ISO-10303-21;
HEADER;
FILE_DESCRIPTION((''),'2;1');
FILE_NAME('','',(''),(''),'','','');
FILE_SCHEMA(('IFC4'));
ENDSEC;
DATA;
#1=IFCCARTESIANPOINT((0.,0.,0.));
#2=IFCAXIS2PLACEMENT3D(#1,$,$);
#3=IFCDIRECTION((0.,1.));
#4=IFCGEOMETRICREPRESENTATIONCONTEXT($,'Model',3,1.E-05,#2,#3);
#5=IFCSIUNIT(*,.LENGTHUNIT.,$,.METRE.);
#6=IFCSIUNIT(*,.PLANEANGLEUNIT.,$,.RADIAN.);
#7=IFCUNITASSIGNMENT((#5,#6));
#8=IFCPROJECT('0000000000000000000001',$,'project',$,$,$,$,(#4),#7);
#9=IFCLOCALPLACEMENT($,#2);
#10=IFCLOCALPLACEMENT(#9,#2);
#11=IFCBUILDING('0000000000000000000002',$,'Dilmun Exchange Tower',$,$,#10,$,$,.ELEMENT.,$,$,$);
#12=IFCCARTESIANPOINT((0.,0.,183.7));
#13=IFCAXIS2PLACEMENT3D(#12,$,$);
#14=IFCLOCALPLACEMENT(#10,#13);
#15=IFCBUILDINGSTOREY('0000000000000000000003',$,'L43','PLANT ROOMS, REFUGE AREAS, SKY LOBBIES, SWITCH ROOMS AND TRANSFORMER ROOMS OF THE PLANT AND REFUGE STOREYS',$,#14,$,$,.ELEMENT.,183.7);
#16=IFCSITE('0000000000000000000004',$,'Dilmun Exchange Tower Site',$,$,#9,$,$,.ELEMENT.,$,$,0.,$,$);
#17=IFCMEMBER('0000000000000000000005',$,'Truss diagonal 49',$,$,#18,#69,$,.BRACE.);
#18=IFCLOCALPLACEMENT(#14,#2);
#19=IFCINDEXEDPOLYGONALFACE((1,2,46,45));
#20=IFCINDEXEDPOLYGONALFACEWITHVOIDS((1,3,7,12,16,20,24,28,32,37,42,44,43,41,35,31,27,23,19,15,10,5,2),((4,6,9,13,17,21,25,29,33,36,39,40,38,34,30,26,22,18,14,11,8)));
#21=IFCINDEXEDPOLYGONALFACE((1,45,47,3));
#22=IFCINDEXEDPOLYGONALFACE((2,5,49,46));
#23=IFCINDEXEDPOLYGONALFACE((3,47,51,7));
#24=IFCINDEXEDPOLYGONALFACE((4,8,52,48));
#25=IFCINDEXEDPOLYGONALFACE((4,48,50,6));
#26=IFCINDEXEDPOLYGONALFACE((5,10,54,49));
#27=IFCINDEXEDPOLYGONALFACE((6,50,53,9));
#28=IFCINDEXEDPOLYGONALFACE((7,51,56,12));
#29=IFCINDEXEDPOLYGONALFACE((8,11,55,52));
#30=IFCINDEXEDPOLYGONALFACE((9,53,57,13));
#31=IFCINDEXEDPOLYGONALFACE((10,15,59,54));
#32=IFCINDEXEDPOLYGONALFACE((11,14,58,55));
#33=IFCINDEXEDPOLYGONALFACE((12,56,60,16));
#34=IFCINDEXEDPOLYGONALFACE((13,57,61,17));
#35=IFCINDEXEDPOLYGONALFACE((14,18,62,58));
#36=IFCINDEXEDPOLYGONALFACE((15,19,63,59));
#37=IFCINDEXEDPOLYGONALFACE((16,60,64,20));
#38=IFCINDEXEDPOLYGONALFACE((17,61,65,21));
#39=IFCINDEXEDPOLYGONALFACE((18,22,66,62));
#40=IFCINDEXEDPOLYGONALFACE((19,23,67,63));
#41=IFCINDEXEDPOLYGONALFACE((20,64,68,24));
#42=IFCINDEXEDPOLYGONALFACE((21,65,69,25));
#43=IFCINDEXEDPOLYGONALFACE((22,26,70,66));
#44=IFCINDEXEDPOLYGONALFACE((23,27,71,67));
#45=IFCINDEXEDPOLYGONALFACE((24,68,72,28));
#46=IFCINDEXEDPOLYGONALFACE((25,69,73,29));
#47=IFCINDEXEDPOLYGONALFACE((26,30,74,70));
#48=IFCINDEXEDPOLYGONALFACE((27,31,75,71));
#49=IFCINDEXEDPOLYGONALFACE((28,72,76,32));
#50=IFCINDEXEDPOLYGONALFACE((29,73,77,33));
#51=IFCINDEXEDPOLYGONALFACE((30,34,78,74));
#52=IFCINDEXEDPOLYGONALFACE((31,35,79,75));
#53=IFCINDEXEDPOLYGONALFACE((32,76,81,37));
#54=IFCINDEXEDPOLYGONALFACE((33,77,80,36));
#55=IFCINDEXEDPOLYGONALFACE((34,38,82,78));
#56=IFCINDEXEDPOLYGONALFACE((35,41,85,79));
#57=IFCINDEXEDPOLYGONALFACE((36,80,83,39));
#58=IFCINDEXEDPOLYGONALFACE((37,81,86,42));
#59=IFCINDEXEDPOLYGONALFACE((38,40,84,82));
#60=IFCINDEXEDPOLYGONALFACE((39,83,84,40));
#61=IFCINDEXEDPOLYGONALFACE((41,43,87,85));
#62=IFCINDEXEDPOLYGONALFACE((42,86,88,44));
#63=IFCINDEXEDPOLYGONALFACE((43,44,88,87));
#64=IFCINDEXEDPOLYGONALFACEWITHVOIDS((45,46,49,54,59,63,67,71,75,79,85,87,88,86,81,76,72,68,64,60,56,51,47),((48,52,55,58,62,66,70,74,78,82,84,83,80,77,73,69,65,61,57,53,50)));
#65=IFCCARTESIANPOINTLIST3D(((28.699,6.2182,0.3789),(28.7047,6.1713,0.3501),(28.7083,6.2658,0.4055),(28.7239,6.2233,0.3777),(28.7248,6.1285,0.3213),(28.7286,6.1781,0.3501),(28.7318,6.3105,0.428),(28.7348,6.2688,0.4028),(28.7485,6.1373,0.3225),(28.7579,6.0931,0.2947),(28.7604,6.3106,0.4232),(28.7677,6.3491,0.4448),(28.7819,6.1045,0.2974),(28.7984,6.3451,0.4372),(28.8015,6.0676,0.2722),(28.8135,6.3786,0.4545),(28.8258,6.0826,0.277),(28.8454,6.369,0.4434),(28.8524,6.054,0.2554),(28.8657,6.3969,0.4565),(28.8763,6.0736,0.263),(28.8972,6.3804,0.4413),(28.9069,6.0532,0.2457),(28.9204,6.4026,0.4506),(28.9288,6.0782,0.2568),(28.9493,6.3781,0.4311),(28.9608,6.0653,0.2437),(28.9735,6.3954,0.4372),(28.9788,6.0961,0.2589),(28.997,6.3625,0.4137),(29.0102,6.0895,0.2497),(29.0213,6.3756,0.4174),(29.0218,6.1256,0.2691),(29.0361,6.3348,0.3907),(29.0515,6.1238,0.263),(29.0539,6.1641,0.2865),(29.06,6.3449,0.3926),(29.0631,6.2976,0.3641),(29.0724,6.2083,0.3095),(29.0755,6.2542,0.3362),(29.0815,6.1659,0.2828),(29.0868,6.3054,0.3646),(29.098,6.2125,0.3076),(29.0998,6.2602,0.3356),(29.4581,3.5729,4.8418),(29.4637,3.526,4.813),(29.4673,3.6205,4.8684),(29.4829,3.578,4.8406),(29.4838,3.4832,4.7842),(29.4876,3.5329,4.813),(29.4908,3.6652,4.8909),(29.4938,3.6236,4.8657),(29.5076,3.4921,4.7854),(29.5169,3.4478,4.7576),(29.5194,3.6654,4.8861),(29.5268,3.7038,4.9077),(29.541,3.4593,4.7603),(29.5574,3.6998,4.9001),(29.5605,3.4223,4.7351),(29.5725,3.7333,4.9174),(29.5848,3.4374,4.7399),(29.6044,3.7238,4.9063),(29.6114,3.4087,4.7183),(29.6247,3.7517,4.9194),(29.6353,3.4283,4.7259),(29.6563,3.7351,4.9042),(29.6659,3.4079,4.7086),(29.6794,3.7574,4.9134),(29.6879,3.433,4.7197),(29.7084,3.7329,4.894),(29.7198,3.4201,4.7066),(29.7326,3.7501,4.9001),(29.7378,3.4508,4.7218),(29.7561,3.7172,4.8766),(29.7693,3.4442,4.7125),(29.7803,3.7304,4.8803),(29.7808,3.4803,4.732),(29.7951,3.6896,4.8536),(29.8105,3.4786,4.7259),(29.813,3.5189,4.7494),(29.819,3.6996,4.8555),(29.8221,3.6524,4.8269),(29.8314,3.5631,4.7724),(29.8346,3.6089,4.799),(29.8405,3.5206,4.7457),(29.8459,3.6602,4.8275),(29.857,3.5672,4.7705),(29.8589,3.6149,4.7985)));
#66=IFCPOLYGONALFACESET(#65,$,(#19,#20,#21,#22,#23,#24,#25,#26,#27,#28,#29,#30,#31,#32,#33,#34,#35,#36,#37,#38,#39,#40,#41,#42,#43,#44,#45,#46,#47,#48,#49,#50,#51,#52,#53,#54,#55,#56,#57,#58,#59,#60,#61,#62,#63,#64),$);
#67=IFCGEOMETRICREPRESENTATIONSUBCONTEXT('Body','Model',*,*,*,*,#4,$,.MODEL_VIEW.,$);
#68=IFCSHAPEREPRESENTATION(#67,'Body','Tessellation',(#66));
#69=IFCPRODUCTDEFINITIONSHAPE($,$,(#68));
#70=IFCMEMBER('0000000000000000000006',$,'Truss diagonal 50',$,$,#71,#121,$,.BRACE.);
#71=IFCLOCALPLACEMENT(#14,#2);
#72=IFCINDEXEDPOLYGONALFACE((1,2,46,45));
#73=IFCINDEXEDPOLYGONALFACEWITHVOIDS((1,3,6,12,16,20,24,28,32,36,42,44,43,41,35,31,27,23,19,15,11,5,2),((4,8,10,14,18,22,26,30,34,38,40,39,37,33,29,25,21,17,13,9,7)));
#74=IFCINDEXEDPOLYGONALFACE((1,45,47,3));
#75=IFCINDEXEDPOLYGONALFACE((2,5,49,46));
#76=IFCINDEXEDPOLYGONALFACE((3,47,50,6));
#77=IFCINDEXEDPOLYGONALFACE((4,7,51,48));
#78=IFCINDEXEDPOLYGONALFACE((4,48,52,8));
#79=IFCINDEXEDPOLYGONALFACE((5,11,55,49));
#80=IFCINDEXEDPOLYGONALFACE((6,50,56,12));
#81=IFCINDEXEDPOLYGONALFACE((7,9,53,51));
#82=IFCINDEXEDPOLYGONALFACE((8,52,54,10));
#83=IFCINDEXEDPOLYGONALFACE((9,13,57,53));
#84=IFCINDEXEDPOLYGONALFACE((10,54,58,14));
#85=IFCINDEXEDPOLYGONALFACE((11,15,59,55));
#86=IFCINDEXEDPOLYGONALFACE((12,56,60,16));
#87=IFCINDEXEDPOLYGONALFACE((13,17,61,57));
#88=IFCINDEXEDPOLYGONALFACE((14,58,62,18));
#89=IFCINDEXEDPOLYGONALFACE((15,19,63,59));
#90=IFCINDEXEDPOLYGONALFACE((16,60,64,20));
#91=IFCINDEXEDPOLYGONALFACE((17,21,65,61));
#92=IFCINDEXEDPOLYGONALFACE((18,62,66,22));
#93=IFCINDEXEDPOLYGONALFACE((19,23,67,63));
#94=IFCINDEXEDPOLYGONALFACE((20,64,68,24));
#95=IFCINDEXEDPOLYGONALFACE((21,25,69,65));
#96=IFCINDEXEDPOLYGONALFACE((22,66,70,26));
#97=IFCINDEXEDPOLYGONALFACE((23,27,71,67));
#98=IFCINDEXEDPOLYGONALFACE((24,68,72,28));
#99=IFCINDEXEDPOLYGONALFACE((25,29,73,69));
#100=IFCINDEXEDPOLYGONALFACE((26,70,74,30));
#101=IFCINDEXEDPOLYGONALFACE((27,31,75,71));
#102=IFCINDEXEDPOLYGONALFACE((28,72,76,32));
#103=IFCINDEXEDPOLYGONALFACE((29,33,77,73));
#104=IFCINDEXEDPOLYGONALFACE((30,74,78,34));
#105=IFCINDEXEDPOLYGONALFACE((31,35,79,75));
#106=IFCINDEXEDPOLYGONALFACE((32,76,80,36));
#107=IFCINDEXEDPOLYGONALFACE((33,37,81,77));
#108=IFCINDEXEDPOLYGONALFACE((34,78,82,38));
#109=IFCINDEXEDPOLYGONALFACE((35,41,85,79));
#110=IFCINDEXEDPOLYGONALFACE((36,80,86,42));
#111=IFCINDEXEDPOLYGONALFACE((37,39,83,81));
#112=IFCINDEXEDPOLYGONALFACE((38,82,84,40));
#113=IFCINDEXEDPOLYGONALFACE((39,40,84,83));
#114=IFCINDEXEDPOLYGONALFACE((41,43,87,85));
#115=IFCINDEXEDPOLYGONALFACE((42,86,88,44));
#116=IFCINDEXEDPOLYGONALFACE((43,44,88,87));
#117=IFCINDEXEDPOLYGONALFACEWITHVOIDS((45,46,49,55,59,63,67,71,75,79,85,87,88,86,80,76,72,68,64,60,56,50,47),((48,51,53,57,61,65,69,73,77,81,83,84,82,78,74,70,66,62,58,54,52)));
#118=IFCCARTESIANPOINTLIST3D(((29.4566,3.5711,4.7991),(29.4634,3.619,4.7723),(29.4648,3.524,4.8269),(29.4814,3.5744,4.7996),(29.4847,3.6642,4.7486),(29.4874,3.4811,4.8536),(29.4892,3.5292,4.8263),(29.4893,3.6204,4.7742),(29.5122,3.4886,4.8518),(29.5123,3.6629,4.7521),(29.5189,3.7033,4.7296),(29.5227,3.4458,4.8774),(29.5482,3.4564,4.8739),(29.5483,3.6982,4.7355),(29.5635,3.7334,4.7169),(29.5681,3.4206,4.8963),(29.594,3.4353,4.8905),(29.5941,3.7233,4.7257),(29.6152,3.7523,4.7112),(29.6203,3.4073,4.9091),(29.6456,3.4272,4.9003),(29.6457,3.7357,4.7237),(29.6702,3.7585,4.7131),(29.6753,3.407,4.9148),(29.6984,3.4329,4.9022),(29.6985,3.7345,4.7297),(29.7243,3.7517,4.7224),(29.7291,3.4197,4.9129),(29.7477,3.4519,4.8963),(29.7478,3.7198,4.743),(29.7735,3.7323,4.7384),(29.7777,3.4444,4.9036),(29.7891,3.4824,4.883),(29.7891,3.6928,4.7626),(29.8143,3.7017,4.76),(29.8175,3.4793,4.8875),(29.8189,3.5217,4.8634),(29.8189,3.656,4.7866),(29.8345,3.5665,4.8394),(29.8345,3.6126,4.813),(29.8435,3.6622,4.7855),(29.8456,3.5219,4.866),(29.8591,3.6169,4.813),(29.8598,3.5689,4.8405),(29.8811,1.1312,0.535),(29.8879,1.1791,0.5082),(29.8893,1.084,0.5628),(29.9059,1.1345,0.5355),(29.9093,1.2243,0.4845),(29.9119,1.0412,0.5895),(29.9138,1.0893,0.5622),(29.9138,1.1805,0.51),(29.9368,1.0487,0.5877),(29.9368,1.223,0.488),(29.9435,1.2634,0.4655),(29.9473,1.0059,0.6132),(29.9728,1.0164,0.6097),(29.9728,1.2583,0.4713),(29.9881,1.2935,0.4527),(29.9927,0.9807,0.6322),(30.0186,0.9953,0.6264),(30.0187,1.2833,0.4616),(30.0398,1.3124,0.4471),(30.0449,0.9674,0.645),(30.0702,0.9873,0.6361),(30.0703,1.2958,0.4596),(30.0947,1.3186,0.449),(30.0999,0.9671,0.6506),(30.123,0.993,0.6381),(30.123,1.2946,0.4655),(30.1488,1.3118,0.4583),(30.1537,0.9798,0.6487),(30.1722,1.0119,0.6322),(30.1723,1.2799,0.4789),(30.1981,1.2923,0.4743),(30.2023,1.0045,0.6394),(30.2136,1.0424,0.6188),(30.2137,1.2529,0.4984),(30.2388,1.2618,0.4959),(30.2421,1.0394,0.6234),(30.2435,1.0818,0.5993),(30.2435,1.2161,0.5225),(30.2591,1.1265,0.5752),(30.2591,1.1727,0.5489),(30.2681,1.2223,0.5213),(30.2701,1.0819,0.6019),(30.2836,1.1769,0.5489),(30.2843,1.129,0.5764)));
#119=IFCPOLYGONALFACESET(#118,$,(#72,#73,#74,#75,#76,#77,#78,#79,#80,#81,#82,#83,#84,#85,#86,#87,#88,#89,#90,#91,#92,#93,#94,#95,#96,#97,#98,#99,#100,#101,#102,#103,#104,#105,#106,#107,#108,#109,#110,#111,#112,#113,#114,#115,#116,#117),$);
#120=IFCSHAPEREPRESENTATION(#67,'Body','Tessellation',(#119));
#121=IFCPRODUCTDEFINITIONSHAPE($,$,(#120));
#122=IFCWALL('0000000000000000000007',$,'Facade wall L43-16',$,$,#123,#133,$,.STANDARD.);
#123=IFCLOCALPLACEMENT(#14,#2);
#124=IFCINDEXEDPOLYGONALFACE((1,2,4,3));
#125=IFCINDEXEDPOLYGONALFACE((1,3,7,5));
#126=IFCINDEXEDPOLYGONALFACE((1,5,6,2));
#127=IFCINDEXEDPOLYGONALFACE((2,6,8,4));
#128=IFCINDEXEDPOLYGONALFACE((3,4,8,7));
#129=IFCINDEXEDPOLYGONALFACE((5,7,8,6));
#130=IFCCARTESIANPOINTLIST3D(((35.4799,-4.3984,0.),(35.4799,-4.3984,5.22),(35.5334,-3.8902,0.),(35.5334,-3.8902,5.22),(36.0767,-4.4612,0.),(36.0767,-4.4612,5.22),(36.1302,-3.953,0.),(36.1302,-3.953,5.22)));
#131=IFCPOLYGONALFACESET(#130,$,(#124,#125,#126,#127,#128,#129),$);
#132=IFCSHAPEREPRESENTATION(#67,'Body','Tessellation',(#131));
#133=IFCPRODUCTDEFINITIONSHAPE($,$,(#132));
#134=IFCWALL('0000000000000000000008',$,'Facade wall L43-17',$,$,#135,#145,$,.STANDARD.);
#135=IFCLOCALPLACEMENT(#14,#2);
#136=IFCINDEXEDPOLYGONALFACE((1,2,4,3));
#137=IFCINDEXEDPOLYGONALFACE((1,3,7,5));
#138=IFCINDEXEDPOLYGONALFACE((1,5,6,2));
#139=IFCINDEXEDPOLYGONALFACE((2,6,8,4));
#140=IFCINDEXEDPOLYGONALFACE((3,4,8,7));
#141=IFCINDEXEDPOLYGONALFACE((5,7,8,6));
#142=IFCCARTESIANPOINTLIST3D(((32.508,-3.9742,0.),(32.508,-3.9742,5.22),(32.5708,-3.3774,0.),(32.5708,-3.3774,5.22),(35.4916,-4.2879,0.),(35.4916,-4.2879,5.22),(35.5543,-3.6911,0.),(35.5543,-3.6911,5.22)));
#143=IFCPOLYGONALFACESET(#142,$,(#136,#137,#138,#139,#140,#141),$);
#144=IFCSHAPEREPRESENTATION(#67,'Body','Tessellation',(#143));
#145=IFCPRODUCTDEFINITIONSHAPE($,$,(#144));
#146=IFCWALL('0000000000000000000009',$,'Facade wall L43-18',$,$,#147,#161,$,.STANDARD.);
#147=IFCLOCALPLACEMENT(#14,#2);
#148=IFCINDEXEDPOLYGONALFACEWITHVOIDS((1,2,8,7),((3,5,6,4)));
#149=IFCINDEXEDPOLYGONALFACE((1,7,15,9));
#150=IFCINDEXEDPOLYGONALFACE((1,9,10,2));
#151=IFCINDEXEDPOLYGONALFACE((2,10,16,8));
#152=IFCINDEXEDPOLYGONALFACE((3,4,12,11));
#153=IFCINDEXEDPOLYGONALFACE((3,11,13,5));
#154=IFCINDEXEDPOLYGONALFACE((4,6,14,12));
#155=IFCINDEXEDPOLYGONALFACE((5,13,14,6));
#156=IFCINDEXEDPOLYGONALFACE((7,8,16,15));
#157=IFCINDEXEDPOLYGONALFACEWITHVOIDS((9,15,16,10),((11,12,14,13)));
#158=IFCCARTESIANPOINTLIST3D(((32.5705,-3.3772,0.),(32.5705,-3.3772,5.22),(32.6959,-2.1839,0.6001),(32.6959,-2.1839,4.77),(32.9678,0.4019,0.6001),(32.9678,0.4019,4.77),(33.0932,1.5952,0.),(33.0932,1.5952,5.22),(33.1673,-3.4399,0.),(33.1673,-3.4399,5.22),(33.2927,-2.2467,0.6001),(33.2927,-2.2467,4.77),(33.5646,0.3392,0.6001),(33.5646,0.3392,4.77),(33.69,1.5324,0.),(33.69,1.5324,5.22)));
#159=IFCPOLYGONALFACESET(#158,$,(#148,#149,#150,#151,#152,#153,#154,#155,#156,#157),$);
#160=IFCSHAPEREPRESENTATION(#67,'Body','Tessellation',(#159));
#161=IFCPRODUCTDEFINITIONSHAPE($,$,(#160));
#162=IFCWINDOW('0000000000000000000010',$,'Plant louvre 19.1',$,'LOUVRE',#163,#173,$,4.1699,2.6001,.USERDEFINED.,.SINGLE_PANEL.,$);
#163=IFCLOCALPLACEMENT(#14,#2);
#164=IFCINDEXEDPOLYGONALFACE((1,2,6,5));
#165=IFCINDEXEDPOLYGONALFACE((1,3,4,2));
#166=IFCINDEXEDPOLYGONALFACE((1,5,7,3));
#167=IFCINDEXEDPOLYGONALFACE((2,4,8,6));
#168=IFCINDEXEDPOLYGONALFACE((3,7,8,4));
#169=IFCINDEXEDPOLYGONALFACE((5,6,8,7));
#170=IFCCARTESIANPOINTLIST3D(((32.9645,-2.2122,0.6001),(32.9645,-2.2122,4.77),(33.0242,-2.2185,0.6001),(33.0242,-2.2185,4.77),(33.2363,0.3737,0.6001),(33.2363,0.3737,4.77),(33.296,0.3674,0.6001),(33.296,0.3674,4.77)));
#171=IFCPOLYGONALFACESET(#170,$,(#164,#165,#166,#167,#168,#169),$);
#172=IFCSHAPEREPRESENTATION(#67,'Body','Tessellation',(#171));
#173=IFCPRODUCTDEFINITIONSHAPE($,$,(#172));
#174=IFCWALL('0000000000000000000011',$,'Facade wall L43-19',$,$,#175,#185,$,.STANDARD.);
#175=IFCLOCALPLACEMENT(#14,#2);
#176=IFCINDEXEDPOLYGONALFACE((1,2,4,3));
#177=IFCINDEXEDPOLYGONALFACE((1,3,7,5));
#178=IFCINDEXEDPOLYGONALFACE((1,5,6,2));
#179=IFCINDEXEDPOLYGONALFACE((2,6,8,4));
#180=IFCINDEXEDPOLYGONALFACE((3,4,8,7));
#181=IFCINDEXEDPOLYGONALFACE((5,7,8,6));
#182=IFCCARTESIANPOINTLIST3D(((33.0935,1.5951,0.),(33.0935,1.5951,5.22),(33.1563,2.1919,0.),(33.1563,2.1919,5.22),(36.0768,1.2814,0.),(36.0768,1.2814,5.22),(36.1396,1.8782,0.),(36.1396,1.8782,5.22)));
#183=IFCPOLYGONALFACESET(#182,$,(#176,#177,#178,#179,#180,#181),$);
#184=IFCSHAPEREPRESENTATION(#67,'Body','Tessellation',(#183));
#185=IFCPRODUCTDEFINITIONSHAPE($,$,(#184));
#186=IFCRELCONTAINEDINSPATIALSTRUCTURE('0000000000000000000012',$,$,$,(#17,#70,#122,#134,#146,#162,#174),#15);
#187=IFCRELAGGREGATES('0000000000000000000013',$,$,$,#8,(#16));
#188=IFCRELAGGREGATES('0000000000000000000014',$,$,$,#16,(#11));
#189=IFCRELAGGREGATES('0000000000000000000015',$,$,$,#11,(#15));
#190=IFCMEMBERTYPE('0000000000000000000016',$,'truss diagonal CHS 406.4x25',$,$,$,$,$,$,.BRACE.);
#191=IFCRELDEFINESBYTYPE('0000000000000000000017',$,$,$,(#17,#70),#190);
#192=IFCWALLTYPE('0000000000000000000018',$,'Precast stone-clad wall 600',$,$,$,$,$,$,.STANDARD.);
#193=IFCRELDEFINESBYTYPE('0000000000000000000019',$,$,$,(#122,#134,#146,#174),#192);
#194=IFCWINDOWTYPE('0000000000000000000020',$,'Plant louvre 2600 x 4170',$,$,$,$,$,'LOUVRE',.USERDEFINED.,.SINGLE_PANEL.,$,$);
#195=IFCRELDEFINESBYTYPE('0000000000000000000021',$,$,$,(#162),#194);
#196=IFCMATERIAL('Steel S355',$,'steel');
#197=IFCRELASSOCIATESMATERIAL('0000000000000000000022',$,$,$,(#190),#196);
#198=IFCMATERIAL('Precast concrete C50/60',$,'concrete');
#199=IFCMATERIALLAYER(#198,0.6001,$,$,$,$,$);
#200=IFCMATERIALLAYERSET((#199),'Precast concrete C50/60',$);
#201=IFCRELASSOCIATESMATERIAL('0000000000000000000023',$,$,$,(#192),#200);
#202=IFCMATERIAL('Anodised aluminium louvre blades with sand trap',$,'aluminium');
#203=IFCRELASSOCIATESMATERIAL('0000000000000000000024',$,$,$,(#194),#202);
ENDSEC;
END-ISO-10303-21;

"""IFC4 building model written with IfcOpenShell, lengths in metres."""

from ifc_helpers import new_model, si_unit, direction, frame, frame_2d, origin, origin_2d, place, context, subcontext, project, spatial, rectangle, hollow_circle, extrude, material, layer, layer_set, material_profile, profile_set, type_object, element, fill, save


model = new_model("IFC4")

# Units and contexts
model_context = context("Model", 3, precision=1e-05, world=origin(), true_north=direction((0.0, 1.0)))
body_context = subcontext(model_context, "Body", "Model", "MODEL_VIEW")
ifc_project = project(units=[si_unit("LENGTHUNIT", "METRE"), si_unit("PLANEANGLEUNIT", "RADIAN")], contexts=[model_context])

# Site, building, storey
site_placement = place(None, origin())
site = spatial("IfcSite", under=ifc_project, at=site_placement, Name="Dilmun Exchange Tower Site", CompositionType="ELEMENT", RefElevation=0.0)
building_placement = place(site_placement, origin())
building = spatial("IfcBuilding", under=site, at=building_placement, Name="Dilmun Exchange Tower", CompositionType="ELEMENT")
storey_placement = place(building_placement, frame((0.0, 0.0, 183.7)))
storey = spatial("IfcBuildingStorey", under=building, at=storey_placement, Name="L43", Description="PLANT ROOMS, REFUGE AREAS, SKY LOBBIES, SWITCH ROOMS AND TRANSFORMER ROOMS OF THE PLANT AND REFUGE STOREYS", CompositionType="ELEMENT", Elevation=183.7)

# Shared definitions
ifc_material_1 = material(Name="Steel S355", Category="steel")

# Members
ifc_material_profile_1 = material_profile(ifc_material_1, hollow_circle(Radius=0.2031, WallThickness=0.0249, at=origin_2d()), Name="CHS 406.4x25")
ifc_profile_set_1 = profile_set([ifc_material_profile_1], Name="Steel S355")
member_type = type_object("IfcMemberType", Name="truss diagonal CHS 406.4x25", PredefinedType="BRACE", material=ifc_profile_set_1)
member_1_placement = place(storey_placement, frame((29.6589, 3.582, 4.813), z_axis=(-0.144766, 0.504515, -0.85118), x_axis=(-0.961212, -0.275811, 0.0)))
element("IfcMember", 1, at=member_1_placement, inside=storey, type_object=member_type, Name="Truss diagonal 49", PredefinedType="BRACE", context=body_context, shape_type="SweptSolid", body=[
    extrude(hollow_circle(Radius=0.2031, WallThickness=0.0249, at=origin_2d()), origin(), (0.0, 0.0, 1.0), 5.2432),
])
member_2_placement = place(storey_placement, frame((29.6589, 3.582, 4.813), z_axis=(0.086097, -0.494798, -0.864733), x_axis=(0.985197, 0.171429, 0.0)))
element("IfcMember", 2, at=member_2_placement, inside=storey, type_object=member_type, Name="Truss diagonal 50", PredefinedType="BRACE", context=body_context, shape_type="SweptSolid", body=[
    extrude(hollow_circle(Radius=0.2031, WallThickness=0.0249, at=origin_2d()), origin(), (0.0, 0.0, 1.0), 4.9312),
])

# Walls
ifc_material_2 = material(Name="Precast concrete C50/60", Category="concrete")
ifc_layer_1 = layer(ifc_material_2, 0.6001)
ifc_layer_set_1 = layer_set([ifc_layer_1], Name="Precast concrete C50/60")
wall_type = type_object("IfcWallType", Name="Precast stone-clad wall 600", PredefinedType="STANDARD", material=ifc_layer_set_1)
wall_1_placement = place(storey_placement, frame((35.7783, -4.4297, 0.0), z_axis=(0.0, 0.0, 1.0), x_axis=(0.10461, 0.994513, 0.0)))
element("IfcWall", 3, at=wall_1_placement, inside=storey, type_object=wall_type, Name="Facade wall L43-16", PredefinedType="STANDARD", context=body_context, shape_type="SweptSolid", body=[
    extrude(rectangle(XDim=0.511, YDim=0.6001, at=frame_2d((0.2554, 0.0))), origin(), (0.0, 0.0, 1.0), 5.22),
])
wall_2_placement = place(storey_placement, frame((35.5229, -3.9895, 0.0), z_axis=(0.0, 0.0, 1.0), x_axis=(-0.994517, 0.10457, 0.0)))
element("IfcWall", 4, at=wall_2_placement, inside=storey, type_object=wall_type, Name="Facade wall L43-17", PredefinedType="STANDARD", context=body_context, shape_type="SweptSolid", body=[
    extrude(rectangle(XDim=3.0, YDim=0.6001, at=frame_2d((1.5, 0.0))), origin(), (0.0, 0.0, 1.0), 5.22),
])

# Wall, opening, window
wall_3_placement = place(storey_placement, frame((32.8689, -3.4087, 0.0), z_axis=(0.0, 0.0, 1.0), x_axis=(0.104545, 0.99452, 0.0)))
wall_3 = element("IfcWall", 5, at=wall_3_placement, inside=storey, type_object=wall_type, Name="Facade wall L43-18", PredefinedType="STANDARD", context=body_context, shape_type="SweptSolid", body=[
    extrude(rectangle(XDim=4.9998, YDim=0.6001, at=frame_2d((2.5, 0.0))), origin(), (0.0, 0.0, 1.0), 5.22),
])
opening_1_placement = place(wall_3_placement, frame((1.2, 0.0, 0.6001)))
opening_1 = element("IfcOpeningElement", 6, at=opening_1_placement, cuts=wall_3, PredefinedType="OPENING", context=body_context, shape_type="SweptSolid", body=[
    extrude(rectangle(XDim=2.6001, YDim=4.1699, at=frame_2d((1.3, 2.085))), frame((0.0, 0.3101, 0.0), z_axis=(0.0, -1.0, 0.0), x_axis=(1.0, 0.0, 0.0)), (0.0, 0.0, 1.0), 0.6201),
])
ifc_material_3 = material(Name="Anodised aluminium louvre blades with sand trap", Category="aluminium")
window_type_1 = type_object("IfcWindowType", Name="Plant louvre 2600 x 4170", ElementType="LOUVRE", PartitioningType="SINGLE_PANEL", PredefinedType="USERDEFINED", material=ifc_material_3)
window_1_placement = place(opening_1_placement, origin())
window_1 = element("IfcWindow", 7, at=window_1_placement, inside=storey, type_object=window_type_1, Name="Plant louvre 19.1", ObjectType="LOUVRE", OverallHeight=4.1699, OverallWidth=2.6001, PartitioningType="SINGLE_PANEL", PredefinedType="USERDEFINED", context=body_context, shape_type="SweptSolid", body=[
    extrude(rectangle(XDim=2.6001, YDim=4.1699, at=frame_2d((1.3, 2.085))), frame((0.0, 0.03, 0.0), z_axis=(0.0, -1.0, 0.0), x_axis=(1.0, 0.0, 0.0)), (0.0, 0.0, 1.0), 0.0601),
])
fill(opening_1, window_1)

# Wall
wall_4_placement = place(storey_placement, frame((33.1248, 1.8936, 0.0), z_axis=(0.0, 0.0, 1.0), x_axis=(0.994517, -0.104579, 0.0)))
element("IfcWall", 8, at=wall_4_placement, inside=storey, type_object=wall_type, Name="Facade wall L43-19", PredefinedType="STANDARD", context=body_context, shape_type="SweptSolid", body=[
    extrude(rectangle(XDim=2.9998, YDim=0.6001, at=frame_2d((1.5, 0.0))), origin(), (0.0, 0.0, 1.0), 5.22),
])

save(model, "model.ifc")
